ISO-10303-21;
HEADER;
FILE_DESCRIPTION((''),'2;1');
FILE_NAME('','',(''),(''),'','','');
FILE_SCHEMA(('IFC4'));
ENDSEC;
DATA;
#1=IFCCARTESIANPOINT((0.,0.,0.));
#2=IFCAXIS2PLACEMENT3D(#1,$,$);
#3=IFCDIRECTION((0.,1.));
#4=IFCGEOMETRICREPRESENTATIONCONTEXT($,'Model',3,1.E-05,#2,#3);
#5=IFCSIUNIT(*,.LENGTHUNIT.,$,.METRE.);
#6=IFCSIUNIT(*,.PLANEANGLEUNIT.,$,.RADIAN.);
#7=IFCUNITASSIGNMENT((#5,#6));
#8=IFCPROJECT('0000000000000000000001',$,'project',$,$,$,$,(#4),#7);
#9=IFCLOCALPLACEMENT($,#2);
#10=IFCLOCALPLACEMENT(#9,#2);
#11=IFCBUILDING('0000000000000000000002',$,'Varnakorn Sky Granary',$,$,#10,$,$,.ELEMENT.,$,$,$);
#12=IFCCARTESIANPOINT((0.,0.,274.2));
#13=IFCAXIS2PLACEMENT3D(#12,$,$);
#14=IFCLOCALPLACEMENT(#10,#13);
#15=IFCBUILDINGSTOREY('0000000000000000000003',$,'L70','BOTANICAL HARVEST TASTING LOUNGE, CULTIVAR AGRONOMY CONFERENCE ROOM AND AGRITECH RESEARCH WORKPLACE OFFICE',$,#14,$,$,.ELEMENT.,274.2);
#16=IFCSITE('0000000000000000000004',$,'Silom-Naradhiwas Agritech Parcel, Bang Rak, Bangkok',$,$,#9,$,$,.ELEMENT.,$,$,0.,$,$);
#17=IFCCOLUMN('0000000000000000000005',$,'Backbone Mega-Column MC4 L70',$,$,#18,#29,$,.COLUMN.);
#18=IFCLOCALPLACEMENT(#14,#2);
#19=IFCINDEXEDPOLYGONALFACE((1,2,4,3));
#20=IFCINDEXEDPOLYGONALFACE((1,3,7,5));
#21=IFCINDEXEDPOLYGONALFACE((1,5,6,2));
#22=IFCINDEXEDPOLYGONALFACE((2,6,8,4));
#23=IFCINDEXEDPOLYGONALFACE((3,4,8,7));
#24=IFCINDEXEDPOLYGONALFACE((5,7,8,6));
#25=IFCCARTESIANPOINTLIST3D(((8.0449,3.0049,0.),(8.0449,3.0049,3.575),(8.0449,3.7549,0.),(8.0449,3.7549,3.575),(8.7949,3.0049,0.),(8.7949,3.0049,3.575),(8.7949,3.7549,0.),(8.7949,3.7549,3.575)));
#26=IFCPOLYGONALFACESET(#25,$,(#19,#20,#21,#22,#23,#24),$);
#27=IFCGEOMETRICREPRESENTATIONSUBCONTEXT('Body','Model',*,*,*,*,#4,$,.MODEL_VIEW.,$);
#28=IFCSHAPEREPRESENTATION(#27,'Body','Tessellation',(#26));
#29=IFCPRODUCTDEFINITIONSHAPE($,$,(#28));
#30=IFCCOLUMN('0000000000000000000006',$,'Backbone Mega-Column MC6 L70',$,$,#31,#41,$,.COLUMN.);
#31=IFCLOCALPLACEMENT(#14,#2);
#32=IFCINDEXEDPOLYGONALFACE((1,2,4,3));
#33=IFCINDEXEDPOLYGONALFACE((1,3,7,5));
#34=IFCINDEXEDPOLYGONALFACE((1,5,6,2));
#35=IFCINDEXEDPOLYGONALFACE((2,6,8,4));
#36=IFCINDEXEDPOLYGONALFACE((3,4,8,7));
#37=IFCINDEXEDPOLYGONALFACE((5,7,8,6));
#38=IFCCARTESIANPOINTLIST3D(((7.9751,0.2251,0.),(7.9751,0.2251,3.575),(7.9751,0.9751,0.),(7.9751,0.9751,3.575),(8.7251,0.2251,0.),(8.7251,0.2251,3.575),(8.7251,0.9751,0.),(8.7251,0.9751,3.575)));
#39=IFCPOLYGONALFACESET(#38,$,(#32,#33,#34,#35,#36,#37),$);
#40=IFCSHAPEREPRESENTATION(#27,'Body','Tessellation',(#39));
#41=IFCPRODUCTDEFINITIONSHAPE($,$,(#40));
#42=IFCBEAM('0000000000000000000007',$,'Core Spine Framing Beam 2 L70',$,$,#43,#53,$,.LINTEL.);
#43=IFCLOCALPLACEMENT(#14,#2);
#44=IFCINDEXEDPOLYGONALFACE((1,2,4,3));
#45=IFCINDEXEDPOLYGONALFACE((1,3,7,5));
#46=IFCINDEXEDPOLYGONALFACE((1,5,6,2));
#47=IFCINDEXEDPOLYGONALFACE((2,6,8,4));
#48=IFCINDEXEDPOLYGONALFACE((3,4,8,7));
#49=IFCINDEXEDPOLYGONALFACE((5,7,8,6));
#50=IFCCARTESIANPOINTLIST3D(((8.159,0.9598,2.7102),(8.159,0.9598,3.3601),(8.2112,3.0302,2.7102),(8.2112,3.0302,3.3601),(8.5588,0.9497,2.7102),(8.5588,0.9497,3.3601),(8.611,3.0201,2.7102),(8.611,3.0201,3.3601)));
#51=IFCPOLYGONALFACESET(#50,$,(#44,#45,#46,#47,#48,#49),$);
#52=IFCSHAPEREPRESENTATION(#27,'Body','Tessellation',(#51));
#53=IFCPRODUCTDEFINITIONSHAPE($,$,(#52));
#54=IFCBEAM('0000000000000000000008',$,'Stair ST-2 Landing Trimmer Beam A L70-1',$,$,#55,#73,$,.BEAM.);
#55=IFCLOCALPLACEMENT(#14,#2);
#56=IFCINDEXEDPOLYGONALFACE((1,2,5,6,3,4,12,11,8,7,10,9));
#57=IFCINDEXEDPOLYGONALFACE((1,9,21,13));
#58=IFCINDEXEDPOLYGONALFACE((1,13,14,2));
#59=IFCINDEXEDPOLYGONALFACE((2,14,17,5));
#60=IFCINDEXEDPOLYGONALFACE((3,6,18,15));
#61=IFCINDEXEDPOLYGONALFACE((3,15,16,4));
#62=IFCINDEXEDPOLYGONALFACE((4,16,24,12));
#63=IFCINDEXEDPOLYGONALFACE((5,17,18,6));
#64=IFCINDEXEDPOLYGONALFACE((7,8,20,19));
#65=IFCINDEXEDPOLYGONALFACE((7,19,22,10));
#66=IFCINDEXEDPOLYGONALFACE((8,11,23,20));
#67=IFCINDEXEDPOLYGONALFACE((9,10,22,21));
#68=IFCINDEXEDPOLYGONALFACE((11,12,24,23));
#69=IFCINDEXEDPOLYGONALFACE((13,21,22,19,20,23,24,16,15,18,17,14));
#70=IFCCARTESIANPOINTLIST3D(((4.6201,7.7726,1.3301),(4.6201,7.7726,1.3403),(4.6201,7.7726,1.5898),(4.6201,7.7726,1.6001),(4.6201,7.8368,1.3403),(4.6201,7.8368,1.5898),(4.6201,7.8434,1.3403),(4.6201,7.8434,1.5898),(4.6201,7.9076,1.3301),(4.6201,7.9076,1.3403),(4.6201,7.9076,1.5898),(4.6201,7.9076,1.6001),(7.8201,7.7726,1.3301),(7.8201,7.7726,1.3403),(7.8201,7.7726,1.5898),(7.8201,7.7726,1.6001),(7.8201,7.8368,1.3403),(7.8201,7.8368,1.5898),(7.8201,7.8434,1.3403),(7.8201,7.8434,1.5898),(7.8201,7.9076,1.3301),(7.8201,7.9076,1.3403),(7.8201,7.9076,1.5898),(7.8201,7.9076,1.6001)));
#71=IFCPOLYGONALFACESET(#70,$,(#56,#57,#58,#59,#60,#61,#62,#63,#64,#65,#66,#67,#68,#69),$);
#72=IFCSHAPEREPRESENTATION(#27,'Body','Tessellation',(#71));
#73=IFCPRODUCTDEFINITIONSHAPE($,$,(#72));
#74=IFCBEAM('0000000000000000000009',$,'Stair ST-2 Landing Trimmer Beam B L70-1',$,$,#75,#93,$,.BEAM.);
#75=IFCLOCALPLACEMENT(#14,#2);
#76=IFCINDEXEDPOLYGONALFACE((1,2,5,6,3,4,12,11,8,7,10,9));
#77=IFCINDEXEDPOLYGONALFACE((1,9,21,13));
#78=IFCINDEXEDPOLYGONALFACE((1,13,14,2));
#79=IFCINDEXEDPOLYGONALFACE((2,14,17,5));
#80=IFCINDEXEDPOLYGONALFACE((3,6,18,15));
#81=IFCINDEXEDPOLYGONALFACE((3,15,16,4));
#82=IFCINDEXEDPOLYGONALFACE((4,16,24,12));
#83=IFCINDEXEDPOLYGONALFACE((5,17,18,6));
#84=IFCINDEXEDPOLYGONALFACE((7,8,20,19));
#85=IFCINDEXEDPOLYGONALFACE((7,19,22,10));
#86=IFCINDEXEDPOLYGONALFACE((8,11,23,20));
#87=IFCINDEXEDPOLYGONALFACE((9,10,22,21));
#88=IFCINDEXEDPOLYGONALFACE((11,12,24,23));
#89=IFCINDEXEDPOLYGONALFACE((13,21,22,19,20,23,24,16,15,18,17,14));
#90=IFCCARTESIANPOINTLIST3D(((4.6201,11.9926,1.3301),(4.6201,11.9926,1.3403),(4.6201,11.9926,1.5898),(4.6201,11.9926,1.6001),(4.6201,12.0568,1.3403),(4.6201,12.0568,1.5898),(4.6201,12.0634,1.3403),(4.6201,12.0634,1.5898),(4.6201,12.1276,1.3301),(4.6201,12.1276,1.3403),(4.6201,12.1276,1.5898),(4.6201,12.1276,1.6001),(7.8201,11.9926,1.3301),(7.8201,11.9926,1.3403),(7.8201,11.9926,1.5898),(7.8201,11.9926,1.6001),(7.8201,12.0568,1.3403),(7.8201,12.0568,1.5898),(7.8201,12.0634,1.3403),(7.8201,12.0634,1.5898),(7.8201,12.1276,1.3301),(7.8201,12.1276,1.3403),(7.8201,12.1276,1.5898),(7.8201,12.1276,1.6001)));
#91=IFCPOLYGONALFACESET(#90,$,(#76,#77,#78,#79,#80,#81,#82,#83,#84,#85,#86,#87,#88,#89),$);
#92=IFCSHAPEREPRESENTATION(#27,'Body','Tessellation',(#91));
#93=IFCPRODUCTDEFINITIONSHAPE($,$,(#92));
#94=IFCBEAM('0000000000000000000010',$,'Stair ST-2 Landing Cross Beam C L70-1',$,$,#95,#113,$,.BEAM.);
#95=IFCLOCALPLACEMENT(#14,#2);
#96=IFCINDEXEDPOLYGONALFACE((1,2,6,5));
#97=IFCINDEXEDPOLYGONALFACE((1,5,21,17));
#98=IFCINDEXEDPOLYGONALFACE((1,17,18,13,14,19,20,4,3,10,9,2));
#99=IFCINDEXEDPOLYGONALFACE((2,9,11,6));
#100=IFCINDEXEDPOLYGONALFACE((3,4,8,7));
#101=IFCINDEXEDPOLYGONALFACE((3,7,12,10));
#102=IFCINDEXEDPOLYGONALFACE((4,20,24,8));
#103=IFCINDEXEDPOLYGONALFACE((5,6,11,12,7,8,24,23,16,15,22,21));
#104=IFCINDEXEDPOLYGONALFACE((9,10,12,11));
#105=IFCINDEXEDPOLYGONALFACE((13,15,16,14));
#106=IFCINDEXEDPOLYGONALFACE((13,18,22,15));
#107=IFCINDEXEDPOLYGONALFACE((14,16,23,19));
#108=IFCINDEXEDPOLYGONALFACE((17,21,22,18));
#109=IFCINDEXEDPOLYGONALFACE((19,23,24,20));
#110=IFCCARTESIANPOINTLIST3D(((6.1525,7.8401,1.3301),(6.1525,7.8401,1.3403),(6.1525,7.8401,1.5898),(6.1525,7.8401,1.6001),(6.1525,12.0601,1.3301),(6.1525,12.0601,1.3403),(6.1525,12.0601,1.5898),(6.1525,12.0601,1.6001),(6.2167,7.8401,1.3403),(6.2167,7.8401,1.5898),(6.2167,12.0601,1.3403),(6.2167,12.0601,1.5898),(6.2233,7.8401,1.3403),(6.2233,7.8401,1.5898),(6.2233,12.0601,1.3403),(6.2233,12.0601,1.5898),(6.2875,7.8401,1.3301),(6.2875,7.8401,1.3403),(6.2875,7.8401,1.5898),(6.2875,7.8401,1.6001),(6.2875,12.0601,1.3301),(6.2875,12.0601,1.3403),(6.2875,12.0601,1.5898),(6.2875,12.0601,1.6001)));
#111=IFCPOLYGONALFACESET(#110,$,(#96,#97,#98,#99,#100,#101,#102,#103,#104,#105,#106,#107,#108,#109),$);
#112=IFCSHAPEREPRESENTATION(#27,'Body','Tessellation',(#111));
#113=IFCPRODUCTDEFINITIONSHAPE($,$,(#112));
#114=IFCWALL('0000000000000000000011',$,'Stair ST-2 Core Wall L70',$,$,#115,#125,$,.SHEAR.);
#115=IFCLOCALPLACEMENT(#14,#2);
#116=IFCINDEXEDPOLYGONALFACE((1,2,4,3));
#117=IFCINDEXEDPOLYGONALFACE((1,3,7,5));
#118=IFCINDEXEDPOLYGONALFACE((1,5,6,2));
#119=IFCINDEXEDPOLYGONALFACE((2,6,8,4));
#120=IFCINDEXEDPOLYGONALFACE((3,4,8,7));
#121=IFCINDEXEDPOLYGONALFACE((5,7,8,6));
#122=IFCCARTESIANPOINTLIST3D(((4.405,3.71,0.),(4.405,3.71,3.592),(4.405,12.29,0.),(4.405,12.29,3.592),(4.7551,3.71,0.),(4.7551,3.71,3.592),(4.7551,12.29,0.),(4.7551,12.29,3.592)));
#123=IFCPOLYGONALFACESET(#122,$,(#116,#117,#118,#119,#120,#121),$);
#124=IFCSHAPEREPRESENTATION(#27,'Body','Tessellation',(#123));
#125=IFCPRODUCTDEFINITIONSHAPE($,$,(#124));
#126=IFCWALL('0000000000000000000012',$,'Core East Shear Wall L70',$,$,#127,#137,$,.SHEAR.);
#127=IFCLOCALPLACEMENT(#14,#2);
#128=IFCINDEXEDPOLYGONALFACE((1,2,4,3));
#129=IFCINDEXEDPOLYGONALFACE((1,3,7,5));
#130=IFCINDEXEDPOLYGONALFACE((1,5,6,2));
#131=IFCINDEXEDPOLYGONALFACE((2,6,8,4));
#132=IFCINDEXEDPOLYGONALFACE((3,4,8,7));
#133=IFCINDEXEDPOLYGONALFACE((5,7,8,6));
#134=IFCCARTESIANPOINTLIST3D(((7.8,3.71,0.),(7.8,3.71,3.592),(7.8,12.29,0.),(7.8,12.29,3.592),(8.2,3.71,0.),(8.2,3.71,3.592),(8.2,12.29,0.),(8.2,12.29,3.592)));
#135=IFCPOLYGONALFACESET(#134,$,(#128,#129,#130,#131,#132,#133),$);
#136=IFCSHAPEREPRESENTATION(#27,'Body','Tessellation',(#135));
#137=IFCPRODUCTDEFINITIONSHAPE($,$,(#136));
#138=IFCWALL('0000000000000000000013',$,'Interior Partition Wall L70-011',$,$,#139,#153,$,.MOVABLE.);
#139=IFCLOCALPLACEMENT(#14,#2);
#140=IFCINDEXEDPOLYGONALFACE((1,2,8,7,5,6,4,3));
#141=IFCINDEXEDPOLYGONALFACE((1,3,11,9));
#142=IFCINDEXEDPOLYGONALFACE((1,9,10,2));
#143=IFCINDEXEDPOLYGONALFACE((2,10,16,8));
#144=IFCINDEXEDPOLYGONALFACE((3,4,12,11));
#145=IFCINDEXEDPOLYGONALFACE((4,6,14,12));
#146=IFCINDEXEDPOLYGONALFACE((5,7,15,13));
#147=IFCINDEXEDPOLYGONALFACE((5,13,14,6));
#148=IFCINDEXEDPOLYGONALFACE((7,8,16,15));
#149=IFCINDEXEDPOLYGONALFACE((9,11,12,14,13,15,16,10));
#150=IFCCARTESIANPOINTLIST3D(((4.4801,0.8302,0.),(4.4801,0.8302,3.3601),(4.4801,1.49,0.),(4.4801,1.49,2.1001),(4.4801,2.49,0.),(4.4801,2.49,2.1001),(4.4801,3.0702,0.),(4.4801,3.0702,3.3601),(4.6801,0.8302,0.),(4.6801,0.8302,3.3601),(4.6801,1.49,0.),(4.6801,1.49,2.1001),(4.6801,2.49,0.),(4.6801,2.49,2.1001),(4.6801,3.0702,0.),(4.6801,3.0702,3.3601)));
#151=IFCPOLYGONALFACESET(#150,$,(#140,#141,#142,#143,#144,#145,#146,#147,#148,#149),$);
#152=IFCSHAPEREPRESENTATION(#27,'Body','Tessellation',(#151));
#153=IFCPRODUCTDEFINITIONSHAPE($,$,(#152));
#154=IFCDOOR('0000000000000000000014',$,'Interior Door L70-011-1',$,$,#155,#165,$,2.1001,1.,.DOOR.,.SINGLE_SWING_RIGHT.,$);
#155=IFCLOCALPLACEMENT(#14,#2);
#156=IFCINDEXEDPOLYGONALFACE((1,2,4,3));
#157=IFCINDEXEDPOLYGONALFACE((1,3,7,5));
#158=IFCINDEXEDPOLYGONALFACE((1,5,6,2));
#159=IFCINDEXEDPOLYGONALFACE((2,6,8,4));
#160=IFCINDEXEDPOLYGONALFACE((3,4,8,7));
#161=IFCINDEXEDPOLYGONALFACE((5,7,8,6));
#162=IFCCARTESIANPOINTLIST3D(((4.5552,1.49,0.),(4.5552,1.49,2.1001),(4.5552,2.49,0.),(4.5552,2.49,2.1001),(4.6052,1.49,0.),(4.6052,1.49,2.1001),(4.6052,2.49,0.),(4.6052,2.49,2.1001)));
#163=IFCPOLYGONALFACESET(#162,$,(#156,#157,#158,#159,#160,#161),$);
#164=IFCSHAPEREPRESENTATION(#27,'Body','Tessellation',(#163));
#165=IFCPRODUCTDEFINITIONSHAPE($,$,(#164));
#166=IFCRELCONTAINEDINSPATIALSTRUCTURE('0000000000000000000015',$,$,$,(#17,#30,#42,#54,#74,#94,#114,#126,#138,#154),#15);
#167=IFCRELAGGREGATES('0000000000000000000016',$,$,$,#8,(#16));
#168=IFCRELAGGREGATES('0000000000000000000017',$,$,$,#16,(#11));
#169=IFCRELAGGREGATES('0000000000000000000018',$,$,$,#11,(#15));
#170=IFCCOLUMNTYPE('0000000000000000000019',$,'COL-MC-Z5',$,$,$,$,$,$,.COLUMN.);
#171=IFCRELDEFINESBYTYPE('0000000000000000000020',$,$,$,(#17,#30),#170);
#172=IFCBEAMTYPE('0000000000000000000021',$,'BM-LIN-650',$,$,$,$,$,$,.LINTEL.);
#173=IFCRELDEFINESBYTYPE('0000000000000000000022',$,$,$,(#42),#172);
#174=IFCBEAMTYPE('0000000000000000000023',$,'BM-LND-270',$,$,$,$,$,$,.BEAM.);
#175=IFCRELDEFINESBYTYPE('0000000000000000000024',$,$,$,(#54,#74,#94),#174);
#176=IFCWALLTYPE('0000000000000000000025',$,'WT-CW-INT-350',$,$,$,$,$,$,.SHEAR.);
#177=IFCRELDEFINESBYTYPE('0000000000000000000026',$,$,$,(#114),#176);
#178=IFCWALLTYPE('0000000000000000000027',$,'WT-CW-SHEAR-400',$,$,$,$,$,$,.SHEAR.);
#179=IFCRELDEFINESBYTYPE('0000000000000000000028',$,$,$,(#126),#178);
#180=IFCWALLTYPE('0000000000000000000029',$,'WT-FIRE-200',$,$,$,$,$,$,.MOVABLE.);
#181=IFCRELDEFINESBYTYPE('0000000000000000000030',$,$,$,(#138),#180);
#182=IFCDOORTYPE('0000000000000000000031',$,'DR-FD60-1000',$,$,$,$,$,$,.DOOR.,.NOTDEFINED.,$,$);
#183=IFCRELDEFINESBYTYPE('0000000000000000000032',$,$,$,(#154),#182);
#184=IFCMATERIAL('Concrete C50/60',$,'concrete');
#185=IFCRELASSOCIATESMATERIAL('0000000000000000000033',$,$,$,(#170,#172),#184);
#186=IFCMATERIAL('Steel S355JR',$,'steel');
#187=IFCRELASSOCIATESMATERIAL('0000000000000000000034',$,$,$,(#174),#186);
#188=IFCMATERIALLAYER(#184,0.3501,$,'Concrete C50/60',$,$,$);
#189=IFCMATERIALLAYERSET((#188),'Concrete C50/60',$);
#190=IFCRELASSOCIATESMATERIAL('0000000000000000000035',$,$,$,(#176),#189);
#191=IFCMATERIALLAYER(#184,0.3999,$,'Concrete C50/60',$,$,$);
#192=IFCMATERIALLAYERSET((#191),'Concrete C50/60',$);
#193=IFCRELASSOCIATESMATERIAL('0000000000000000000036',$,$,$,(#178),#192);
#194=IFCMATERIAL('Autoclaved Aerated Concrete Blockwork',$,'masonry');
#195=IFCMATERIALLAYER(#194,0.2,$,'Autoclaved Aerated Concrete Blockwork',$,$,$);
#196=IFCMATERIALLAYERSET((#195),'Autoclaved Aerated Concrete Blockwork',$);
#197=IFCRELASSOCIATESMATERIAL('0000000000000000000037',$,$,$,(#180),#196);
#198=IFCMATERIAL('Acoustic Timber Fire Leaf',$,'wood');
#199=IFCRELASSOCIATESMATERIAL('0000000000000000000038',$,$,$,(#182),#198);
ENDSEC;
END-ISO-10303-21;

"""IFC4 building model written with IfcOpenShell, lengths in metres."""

from ifc_helpers import new_model, si_unit, direction, frame, frame_2d, origin, origin_2d, place, context, subcontext, project, spatial, rectangle, i_section, extrude, material, layer, layer_set, material_profile, profile_set, type_object, element, fill, save


model = new_model("IFC4")

# Units and contexts
model_context = context("Model", 3, precision=1e-05, world=origin(), true_north=direction((0.0, 1.0)))
body_context = subcontext(model_context, "Body", "Model", "MODEL_VIEW")
ifc_project = project(units=[si_unit("LENGTHUNIT", "METRE"), si_unit("PLANEANGLEUNIT", "RADIAN")], contexts=[model_context])

# Site, building, storey
site_placement = place(None, origin())
site = spatial("IfcSite", under=ifc_project, at=site_placement, Name="Silom-Naradhiwas Agritech Parcel, Bang Rak, Bangkok", CompositionType="ELEMENT", RefElevation=0.0)
building_placement = place(site_placement, origin())
building = spatial("IfcBuilding", under=site, at=building_placement, Name="Varnakorn Sky Granary", CompositionType="ELEMENT")
storey_placement = place(building_placement, frame((0.0, 0.0, 274.2)))
storey = spatial("IfcBuildingStorey", under=building, at=storey_placement, Name="L70", Description="BOTANICAL HARVEST TASTING LOUNGE, CULTIVAR AGRONOMY CONFERENCE ROOM AND AGRITECH RESEARCH WORKPLACE OFFICE", CompositionType="ELEMENT", Elevation=274.2)

# Columns
ifc_material_1 = material(Name="Concrete C50/60", Category="concrete")
ifc_material_profile_1 = material_profile(ifc_material_1, rectangle(XDim=0.75, YDim=0.75, at=origin_2d()), Name="RC 750x750")
ifc_profile_set_1 = profile_set([ifc_material_profile_1], Name="Concrete C50/60")
column_type = type_object("IfcColumnType", Name="COL-MC-Z5", PredefinedType="COLUMN", material=ifc_profile_set_1)
for number, where, z_axis, x_axis, name in (
    (1, (8.4199, 3.3799, 0.0), (0.0, 0.0, 1.0), (1.0, 0.0, 0.0), "Backbone Mega-Column MC4 L70"),
    (2, (8.3501, 0.6001, 0.0), (0.0, 0.0, 1.0), (1.0, 0.0, 0.0), "Backbone Mega-Column MC6 L70"),
):
    element("IfcColumn", number, at=place(storey_placement, frame(where, z_axis=z_axis, x_axis=x_axis)), inside=storey, type_object=column_type, Name=name, PredefinedType="COLUMN", context=body_context, shape_type="SweptSolid", body=[
        extrude(rectangle(XDim=0.75, YDim=0.75, at=origin_2d()), origin(), (0.0, 0.0, 1.0), 3.575),
    ])

# Beams
ifc_material_profile_2 = material_profile(ifc_material_1, rectangle(XDim=0.3999, YDim=0.6499, at=origin_2d()), Name="RC 400x650")
ifc_profile_set_2 = profile_set([ifc_material_profile_2], Name="Concrete C50/60")
beam_type_1 = type_object("IfcBeamType", Name="BM-LIN-650", PredefinedType="LINTEL", material=ifc_profile_set_2)
beam_1_placement = place(storey_placement, frame((8.4111, 3.0251, 3.0352), z_axis=(-0.025228, -0.999682, 0.0), x_axis=(0.999682, -0.025228, 0.0)))
element("IfcBeam", 3, at=beam_1_placement, inside=storey, type_object=beam_type_1, Name="Core Spine Framing Beam 2 L70", PredefinedType="LINTEL", context=body_context, shape_type="SweptSolid", body=[
    extrude(rectangle(XDim=0.3999, YDim=0.6499, at=origin_2d()), origin(), (0.0, 0.0, 1.0), 2.071),
])
ifc_material_2 = material(Name="Steel S355JR", Category="steel")
ifc_material_profile_3 = material_profile(ifc_material_2, i_section(OverallWidth=0.135, OverallDepth=0.27, WebThickness=0.0066, FlangeThickness=0.0103, at=origin_2d()), Name="IPE 270")
ifc_profile_set_3 = profile_set([ifc_material_profile_3], Name="Steel S355JR")
beam_type_2 = type_object("IfcBeamType", Name="BM-LND-270", PredefinedType="BEAM", material=ifc_profile_set_3)
for number, where, z_axis, x_axis, name in (
    (4, (4.6201, 7.8401, 1.4651), (1.0, 0.0, 0.0), (0.0, 1.0, 0.0), "Stair ST-2 Landing Trimmer Beam A L70-1"),
    (5, (4.6201, 12.0601, 1.4651), (1.0, 0.0, 0.0), (0.0, 1.0, 0.0), "Stair ST-2 Landing Trimmer Beam B L70-1"),
):
    element("IfcBeam", number, at=place(storey_placement, frame(where, z_axis=z_axis, x_axis=x_axis)), inside=storey, type_object=beam_type_2, Name=name, PredefinedType="BEAM", context=body_context, shape_type="SweptSolid", body=[
        extrude(i_section(OverallWidth=0.135, OverallDepth=0.27, WebThickness=0.0066, FlangeThickness=0.0103, at=origin_2d()), origin(), (0.0, 0.0, 1.0), 3.2),
    ])
beam_2_placement = place(storey_placement, frame((6.22, 7.8401, 1.4651), z_axis=(0.0, 1.0, 0.0), x_axis=(-1.0, 0.0, 0.0)))
element("IfcBeam", 6, at=beam_2_placement, inside=storey, type_object=beam_type_2, Name="Stair ST-2 Landing Cross Beam C L70-1", PredefinedType="BEAM", context=body_context, shape_type="SweptSolid", body=[
    extrude(i_section(OverallWidth=0.135, OverallDepth=0.27, WebThickness=0.0066, FlangeThickness=0.0103, at=origin_2d()), origin(), (0.0, 0.0, 1.0), 4.22),
])

# Walls
ifc_layer_1 = layer(ifc_material_1, 0.3501, Name="Concrete C50/60")
ifc_layer_set_1 = layer_set([ifc_layer_1], Name="Concrete C50/60")
wall_type_1 = type_object("IfcWallType", Name="WT-CW-INT-350", PredefinedType="SHEAR", material=ifc_layer_set_1)
wall_1_placement = place(storey_placement, frame((4.5801, 3.71, 0.0), z_axis=(0.0, 0.0, 1.0), x_axis=(0.0, 1.0, 0.0)))
element("IfcWall", 7, at=wall_1_placement, inside=storey, type_object=wall_type_1, Name="Stair ST-2 Core Wall L70", PredefinedType="SHEAR", context=body_context, shape_type="SweptSolid", body=[
    extrude(rectangle(XDim=8.5801, YDim=0.3501, at=frame_2d((4.29, 0.0))), origin(), (0.0, 0.0, 1.0), 3.592),
])
ifc_layer_2 = layer(ifc_material_1, 0.3999, Name="Concrete C50/60")
ifc_layer_set_2 = layer_set([ifc_layer_2], Name="Concrete C50/60")
wall_type_2 = type_object("IfcWallType", Name="WT-CW-SHEAR-400", PredefinedType="SHEAR", material=ifc_layer_set_2)
wall_2_placement = place(storey_placement, frame((8.0, 3.71, 0.0), z_axis=(0.0, 0.0, 1.0), x_axis=(0.0, 1.0, 0.0)))
element("IfcWall", 8, at=wall_2_placement, inside=storey, type_object=wall_type_2, Name="Core East Shear Wall L70", PredefinedType="SHEAR", context=body_context, shape_type="SweptSolid", body=[
    extrude(rectangle(XDim=8.5801, YDim=0.3999, at=frame_2d((4.29, 0.0))), origin(), (0.0, 0.0, 1.0), 3.592),
])

# Wall, opening, door
ifc_material_3 = material(Name="Autoclaved Aerated Concrete Blockwork", Category="masonry")
ifc_layer_3 = layer(ifc_material_3, 0.2, Name="Autoclaved Aerated Concrete Blockwork")
ifc_layer_set_3 = layer_set([ifc_layer_3], Name="Autoclaved Aerated Concrete Blockwork")
wall_type_3 = type_object("IfcWallType", Name="WT-FIRE-200", PredefinedType="MOVABLE", material=ifc_layer_set_3)
wall_3_placement = place(storey_placement, frame((4.5801, 0.8301, 0.0), z_axis=(0.0, 0.0, 1.0), x_axis=(0.0, 1.0, 0.0)))
wall_3 = element("IfcWall", 9, at=wall_3_placement, inside=storey, type_object=wall_type_3, Name="Interior Partition Wall L70-011", PredefinedType="MOVABLE", context=body_context, shape_type="SweptSolid", body=[
    extrude(rectangle(XDim=2.24, YDim=0.2, at=frame_2d((1.1201, 0.0))), origin(), (0.0, 0.0, 1.0), 3.3601),
])
opening_1_placement = place(wall_3_placement, frame((0.6599, 0.0, 0.0)))
opening_1 = element("IfcOpeningElement", 10, at=opening_1_placement, cuts=wall_3, PredefinedType="OPENING", context=body_context, shape_type="SweptSolid", body=[
    extrude(rectangle(XDim=1.0, YDim=2.1001, at=frame_2d((0.5, 1.05))), frame((0.0, 0.1099, 0.0), z_axis=(0.0, -1.0, 0.0), x_axis=(1.0, 0.0, 0.0)), (0.0, 0.0, 1.0), 0.22),
])
ifc_material_4 = material(Name="Acoustic Timber Fire Leaf", Category="wood")
door_type_1 = type_object("IfcDoorType", Name="DR-FD60-1000", OperationType="NOTDEFINED", PredefinedType="DOOR", material=ifc_material_4)
door_1_placement = place(opening_1_placement, origin())
door_1 = element("IfcDoor", 11, at=door_1_placement, inside=storey, type_object=door_type_1, Name="Interior Door L70-011-1", OperationType="SINGLE_SWING_RIGHT", OverallHeight=2.1001, OverallWidth=1.0, PredefinedType="DOOR", context=body_context, shape_type="SweptSolid", body=[
    extrude(rectangle(XDim=1.0, YDim=2.1001, at=frame_2d((0.5, 1.05))), frame((0.0, 0.0249, 0.0), z_axis=(0.0, -1.0, 0.0), x_axis=(1.0, 0.0, 0.0)), (0.0, 0.0, 1.0), 0.05),
])
fill(opening_1, door_1)

save(model, "model.ifc")
